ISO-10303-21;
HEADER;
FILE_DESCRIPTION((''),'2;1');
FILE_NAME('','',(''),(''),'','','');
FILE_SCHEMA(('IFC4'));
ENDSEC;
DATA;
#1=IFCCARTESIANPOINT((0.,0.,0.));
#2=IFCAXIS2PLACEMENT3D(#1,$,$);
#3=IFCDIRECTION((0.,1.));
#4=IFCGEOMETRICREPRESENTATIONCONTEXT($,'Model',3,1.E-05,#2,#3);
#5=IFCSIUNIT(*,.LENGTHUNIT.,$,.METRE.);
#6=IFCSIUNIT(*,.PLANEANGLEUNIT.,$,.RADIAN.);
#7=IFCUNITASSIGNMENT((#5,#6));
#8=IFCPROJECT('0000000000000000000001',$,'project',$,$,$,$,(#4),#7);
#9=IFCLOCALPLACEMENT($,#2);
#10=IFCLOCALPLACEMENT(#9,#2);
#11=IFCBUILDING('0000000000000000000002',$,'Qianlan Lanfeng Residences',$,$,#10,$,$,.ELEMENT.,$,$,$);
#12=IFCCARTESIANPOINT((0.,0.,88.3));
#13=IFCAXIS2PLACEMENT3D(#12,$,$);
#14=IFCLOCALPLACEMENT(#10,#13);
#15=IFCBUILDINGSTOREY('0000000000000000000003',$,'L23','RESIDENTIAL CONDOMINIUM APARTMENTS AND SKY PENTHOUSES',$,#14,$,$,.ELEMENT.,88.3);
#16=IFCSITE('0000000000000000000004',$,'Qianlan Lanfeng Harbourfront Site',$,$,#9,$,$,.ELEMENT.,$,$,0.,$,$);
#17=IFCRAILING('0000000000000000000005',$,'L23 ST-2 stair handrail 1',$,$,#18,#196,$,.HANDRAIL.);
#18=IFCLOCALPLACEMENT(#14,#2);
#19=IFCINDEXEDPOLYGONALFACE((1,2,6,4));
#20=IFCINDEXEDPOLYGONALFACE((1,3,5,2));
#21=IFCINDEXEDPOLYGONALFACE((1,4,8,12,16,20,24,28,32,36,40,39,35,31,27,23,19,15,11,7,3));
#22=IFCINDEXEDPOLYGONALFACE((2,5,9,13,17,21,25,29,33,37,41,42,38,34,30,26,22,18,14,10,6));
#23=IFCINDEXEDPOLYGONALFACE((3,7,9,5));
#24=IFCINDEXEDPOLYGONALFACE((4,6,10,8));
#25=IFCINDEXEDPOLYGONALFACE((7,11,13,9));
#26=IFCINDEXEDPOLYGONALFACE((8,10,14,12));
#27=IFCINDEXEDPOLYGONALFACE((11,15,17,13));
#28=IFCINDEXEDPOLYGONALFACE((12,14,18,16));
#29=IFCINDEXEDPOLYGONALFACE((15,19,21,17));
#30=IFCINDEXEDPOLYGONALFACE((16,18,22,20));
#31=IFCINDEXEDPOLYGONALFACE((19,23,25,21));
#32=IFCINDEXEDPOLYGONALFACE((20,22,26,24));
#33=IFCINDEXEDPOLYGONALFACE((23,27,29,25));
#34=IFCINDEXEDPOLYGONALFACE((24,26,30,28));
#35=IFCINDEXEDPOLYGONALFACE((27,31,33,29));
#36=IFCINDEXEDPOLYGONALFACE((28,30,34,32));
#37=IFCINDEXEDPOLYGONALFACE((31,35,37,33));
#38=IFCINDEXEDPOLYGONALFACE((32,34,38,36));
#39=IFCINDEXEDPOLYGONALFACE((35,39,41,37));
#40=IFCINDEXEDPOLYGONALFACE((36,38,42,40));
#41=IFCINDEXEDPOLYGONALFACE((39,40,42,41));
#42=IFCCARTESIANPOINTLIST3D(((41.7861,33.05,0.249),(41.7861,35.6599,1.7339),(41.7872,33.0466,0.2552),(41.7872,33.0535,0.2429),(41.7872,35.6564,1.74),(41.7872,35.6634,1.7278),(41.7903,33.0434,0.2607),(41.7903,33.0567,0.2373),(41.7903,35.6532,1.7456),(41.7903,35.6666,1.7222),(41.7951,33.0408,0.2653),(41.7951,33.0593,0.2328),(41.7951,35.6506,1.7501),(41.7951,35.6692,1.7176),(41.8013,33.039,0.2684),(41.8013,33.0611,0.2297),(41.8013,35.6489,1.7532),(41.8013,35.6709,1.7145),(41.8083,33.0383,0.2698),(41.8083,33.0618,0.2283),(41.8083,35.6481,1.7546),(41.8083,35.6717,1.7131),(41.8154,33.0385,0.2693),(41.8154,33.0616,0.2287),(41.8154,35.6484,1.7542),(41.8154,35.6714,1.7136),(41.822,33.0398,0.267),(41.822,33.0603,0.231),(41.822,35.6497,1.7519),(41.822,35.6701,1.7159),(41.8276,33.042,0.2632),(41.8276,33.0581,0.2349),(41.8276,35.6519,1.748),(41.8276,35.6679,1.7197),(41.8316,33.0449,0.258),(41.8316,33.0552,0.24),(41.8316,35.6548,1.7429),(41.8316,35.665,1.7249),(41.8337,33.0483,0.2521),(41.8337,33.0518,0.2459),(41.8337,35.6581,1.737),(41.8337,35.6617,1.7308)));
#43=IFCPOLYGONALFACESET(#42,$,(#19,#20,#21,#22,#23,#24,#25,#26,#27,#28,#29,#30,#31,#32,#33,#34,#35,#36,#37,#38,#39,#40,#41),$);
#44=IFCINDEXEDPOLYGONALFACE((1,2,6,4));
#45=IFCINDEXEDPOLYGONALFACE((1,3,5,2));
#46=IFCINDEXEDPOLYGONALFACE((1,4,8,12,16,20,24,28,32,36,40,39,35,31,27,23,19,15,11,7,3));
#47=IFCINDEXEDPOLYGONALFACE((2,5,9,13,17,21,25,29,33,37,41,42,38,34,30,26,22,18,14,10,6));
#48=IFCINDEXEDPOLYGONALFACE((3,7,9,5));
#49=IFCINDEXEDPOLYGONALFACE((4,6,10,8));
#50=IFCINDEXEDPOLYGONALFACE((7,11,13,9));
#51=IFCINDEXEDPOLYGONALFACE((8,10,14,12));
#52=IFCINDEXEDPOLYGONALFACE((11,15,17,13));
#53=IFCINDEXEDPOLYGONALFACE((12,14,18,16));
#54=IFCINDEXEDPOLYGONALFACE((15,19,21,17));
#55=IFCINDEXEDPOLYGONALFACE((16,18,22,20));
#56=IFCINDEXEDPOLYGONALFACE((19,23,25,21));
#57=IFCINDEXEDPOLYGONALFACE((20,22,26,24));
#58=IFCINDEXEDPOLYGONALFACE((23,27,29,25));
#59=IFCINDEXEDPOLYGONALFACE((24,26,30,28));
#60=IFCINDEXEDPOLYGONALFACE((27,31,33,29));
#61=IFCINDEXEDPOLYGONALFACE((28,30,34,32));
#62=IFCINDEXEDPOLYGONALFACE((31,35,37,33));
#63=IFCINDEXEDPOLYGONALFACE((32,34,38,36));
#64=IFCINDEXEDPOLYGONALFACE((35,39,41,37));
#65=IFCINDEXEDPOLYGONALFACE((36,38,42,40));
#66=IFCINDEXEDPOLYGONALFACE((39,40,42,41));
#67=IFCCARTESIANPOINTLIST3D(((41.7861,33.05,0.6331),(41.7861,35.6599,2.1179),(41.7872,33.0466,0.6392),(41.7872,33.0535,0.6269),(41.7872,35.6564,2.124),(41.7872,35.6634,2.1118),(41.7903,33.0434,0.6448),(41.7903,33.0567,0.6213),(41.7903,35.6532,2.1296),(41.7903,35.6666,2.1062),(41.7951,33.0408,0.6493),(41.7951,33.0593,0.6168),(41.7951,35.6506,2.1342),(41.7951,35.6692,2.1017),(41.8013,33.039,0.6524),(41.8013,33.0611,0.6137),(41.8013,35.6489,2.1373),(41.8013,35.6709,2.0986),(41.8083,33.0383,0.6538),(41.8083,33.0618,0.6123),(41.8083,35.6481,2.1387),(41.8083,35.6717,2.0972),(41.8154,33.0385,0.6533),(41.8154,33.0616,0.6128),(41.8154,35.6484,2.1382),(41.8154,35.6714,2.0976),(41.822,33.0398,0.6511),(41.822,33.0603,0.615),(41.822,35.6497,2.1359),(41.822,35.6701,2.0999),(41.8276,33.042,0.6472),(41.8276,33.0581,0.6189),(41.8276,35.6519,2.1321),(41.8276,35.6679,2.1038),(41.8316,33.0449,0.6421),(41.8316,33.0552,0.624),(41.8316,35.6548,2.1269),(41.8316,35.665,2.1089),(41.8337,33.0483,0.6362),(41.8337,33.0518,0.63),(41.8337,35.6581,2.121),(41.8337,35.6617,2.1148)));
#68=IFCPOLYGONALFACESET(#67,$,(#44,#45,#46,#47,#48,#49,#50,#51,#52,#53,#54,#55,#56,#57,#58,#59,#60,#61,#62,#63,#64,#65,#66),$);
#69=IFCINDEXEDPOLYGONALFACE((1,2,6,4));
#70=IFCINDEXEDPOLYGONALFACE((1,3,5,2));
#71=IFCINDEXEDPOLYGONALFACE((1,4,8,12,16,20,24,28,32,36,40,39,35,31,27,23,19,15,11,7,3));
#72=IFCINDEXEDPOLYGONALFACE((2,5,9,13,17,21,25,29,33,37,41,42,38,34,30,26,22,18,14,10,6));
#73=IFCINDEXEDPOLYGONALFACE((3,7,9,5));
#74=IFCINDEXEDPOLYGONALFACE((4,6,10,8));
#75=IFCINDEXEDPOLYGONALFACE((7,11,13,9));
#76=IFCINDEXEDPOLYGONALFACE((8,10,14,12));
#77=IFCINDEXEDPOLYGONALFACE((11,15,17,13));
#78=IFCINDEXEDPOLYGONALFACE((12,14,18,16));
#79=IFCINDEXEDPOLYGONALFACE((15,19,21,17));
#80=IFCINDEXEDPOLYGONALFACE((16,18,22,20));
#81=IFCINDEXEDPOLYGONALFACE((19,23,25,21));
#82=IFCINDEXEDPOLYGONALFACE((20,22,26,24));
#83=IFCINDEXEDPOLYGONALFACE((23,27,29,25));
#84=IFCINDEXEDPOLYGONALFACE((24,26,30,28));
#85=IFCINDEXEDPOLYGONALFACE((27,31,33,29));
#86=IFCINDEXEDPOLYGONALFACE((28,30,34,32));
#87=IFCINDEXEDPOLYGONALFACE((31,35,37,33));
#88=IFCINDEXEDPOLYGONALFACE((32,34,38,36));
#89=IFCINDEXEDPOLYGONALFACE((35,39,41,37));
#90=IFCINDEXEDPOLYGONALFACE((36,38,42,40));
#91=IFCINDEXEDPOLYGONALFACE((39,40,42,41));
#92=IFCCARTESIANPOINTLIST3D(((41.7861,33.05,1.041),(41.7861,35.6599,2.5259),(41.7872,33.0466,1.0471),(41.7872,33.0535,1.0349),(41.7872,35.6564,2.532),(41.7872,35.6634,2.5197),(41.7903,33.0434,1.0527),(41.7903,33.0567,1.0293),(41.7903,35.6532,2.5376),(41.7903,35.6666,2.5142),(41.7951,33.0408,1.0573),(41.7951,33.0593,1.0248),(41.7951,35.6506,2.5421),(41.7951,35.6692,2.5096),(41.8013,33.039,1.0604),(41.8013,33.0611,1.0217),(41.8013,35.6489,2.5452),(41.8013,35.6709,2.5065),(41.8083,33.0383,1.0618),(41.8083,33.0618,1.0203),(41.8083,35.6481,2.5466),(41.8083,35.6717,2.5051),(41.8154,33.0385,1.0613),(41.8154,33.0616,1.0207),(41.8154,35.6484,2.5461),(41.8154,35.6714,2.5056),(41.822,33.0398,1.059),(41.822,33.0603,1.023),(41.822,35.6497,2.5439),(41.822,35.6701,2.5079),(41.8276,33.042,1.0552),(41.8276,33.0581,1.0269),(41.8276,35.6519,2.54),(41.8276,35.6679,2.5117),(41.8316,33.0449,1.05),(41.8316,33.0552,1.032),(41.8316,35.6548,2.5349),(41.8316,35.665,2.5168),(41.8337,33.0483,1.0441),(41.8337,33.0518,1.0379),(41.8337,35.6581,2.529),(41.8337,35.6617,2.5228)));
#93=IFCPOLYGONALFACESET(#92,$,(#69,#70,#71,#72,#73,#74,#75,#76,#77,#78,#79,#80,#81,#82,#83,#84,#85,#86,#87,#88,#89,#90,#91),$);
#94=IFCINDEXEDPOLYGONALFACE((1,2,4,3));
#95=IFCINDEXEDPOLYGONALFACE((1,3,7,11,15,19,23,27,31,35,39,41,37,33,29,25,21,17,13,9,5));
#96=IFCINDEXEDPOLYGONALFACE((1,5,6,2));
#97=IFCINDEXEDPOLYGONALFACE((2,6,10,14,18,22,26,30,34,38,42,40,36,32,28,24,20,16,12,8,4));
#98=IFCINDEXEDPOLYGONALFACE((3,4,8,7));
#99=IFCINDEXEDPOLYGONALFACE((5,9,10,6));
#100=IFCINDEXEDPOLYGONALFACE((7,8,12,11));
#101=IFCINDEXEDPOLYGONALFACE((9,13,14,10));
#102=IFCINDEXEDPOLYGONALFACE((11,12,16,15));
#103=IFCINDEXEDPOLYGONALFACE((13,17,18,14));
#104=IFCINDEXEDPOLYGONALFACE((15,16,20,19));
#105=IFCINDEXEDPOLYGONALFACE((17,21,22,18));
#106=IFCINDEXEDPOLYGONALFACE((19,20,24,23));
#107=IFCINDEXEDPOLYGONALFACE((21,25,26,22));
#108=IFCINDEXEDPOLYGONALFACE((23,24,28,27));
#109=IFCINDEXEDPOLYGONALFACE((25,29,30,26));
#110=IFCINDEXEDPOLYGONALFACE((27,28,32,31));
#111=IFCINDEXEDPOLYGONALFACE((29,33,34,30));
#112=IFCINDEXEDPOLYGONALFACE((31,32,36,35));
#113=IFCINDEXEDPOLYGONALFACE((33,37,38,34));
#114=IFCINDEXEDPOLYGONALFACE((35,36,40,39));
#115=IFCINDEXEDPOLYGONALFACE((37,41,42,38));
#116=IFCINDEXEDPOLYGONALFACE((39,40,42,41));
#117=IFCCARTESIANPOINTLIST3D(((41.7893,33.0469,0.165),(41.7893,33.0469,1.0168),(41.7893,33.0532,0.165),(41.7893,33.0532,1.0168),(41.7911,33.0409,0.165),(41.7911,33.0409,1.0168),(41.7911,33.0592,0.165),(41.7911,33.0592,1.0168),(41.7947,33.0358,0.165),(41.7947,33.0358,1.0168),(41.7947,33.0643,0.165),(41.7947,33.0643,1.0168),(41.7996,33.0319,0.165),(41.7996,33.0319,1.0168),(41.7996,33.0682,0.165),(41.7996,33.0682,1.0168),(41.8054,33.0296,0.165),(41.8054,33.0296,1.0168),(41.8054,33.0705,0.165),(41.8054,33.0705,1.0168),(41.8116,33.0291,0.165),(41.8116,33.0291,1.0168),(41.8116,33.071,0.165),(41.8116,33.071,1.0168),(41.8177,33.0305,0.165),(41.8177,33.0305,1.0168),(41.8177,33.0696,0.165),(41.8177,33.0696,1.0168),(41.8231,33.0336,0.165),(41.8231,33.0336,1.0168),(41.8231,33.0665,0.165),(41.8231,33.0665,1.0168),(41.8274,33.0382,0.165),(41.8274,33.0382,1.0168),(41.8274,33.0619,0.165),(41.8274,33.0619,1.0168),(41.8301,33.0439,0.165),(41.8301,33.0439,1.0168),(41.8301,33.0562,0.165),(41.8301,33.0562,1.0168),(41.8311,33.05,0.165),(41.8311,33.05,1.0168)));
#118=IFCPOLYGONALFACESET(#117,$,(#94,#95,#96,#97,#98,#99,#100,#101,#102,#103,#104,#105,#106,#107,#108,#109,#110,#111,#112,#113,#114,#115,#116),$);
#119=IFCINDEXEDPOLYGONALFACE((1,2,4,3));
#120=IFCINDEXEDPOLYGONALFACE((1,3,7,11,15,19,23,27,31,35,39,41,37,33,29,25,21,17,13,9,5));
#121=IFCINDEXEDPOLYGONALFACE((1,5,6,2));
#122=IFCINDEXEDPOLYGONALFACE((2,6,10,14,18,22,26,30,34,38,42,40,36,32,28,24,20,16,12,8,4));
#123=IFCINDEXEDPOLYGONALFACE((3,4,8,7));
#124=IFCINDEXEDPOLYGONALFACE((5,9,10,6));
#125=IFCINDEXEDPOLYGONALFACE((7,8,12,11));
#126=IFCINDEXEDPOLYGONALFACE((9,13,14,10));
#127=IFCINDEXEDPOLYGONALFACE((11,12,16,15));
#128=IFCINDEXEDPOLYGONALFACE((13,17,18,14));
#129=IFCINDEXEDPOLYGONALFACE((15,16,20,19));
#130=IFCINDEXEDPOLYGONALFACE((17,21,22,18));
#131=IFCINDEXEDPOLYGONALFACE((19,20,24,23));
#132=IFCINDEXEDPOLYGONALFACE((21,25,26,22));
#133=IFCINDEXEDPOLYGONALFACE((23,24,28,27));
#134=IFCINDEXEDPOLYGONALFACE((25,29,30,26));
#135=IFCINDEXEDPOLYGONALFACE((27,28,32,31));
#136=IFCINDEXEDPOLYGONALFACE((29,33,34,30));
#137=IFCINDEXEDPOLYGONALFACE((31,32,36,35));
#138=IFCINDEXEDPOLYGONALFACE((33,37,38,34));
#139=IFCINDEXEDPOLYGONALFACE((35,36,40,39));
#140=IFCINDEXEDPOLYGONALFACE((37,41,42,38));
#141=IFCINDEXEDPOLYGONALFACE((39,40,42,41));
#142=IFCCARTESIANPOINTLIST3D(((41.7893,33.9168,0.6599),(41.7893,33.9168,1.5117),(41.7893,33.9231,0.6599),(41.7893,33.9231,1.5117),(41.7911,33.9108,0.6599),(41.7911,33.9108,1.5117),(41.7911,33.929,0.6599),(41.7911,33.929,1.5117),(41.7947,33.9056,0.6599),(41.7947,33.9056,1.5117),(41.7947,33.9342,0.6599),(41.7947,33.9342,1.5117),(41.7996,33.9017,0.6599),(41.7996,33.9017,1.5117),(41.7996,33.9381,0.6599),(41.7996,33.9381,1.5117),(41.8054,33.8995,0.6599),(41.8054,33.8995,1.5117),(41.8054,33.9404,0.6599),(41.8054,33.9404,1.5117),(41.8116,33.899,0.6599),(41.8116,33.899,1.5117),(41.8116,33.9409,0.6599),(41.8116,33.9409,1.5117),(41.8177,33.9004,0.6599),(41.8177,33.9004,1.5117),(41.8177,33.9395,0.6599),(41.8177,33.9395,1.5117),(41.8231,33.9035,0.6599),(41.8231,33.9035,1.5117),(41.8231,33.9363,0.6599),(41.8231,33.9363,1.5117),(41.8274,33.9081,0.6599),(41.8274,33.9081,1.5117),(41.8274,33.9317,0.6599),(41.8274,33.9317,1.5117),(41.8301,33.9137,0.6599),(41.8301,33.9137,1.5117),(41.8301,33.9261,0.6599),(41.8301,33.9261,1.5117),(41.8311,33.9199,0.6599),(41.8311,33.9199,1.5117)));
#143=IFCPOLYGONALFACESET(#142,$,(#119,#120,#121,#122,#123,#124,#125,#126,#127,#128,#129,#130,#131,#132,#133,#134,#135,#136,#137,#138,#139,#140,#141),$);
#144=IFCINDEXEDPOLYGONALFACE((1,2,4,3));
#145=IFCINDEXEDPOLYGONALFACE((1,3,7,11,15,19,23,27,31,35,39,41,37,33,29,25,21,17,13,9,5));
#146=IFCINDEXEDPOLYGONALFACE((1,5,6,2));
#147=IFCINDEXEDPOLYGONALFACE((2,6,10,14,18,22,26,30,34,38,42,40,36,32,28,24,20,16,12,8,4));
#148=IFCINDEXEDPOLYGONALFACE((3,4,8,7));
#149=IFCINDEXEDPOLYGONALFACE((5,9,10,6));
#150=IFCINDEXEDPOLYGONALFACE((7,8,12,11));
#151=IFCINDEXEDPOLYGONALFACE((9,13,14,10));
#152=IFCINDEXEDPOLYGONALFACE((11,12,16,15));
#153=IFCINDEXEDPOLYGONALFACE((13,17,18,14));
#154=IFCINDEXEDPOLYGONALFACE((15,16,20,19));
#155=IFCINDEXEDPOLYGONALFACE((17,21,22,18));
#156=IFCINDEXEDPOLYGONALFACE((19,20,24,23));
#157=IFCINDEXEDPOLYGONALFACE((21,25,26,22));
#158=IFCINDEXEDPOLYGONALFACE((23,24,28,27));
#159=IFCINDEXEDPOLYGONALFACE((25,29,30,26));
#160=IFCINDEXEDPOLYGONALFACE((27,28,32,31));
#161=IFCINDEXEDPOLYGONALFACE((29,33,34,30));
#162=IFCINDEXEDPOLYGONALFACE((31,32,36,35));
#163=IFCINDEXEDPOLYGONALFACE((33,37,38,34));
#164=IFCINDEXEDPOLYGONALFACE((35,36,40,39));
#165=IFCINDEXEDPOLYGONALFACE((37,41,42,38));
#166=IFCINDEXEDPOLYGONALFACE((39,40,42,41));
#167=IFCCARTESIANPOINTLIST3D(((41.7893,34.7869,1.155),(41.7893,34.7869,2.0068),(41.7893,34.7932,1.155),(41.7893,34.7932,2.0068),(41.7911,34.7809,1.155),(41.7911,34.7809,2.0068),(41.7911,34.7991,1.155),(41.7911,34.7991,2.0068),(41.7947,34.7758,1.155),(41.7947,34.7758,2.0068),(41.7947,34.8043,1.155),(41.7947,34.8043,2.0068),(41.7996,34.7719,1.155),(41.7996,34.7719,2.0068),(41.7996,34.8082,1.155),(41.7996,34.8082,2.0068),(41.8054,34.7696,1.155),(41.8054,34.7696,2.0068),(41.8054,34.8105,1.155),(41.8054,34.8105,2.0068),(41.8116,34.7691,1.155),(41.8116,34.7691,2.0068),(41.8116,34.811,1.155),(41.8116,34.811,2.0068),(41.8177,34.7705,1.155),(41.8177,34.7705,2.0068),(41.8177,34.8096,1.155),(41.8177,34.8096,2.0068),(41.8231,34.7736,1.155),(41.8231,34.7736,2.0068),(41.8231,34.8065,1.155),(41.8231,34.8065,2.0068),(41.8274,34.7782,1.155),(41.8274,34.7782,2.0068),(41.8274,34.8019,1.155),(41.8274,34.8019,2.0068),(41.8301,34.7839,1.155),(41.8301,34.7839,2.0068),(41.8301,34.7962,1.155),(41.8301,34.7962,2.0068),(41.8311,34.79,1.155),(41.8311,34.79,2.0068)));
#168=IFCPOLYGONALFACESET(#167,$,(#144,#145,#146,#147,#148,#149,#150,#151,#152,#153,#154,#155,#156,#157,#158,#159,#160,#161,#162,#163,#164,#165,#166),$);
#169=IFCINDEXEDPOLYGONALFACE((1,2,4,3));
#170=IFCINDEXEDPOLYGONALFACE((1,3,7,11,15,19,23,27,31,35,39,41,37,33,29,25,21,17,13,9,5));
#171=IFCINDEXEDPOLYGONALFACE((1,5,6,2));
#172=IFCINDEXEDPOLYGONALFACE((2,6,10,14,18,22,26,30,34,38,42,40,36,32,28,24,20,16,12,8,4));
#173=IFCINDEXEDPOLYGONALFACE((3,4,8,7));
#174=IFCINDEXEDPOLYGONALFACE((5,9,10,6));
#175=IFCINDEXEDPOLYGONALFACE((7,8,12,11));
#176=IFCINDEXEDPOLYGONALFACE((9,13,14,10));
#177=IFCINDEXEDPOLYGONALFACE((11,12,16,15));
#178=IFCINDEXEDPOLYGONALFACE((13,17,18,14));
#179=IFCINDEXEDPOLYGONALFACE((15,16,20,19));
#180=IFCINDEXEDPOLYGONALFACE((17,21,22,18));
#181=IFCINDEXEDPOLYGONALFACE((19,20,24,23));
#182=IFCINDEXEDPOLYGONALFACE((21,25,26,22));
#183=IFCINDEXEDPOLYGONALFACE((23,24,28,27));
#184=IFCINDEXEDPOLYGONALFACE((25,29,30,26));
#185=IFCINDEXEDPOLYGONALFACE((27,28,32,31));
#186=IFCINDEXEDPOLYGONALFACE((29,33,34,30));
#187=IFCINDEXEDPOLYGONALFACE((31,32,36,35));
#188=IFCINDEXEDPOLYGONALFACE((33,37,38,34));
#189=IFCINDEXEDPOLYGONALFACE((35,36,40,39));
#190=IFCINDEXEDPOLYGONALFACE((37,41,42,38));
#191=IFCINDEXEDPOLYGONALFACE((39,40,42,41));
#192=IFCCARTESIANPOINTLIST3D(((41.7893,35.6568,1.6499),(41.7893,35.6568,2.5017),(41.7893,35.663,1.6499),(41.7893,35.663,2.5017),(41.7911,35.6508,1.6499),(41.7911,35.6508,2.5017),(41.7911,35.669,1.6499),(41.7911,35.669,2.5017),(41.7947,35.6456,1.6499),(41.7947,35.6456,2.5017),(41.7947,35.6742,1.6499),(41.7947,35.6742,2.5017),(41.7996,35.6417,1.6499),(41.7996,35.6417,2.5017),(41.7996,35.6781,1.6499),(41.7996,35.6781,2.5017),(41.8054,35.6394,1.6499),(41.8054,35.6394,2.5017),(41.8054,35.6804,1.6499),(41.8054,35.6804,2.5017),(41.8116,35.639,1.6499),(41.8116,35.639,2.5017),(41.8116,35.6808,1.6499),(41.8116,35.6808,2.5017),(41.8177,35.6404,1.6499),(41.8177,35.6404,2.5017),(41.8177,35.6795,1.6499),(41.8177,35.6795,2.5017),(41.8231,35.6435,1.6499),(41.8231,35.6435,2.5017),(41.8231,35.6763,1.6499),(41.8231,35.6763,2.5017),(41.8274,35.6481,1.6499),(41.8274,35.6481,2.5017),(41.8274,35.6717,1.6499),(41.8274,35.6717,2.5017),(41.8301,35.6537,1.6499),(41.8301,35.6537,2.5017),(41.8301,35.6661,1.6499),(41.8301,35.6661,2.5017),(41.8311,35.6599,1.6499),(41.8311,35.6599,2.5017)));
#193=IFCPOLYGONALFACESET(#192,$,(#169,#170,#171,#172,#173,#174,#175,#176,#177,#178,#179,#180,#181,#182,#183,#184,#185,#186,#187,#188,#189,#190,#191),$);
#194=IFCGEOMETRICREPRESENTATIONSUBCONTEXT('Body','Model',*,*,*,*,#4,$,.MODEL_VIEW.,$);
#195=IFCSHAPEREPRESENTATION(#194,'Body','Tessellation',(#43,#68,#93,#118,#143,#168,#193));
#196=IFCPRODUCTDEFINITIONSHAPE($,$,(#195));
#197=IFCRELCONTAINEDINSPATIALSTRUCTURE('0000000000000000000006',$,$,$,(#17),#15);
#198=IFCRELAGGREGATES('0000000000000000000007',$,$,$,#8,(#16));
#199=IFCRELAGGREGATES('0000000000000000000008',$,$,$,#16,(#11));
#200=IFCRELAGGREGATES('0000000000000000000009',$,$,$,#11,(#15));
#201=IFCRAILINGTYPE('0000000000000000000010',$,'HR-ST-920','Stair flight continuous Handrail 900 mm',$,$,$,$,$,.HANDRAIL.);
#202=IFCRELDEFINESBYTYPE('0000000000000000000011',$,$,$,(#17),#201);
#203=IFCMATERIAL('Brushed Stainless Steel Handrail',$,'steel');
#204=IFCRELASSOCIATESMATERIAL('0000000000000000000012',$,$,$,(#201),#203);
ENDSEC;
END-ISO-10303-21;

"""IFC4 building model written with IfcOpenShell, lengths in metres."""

from ifc_helpers import new_model, si_unit, direction, frame, origin, origin_2d, place, context, subcontext, project, spatial, circle, extrude, material, type_object, element, save


model = new_model("IFC4")

# Units and contexts
model_context = context("Model", 3, precision=1e-05, world=origin(), true_north=direction((0.0, 1.0)))
body_context = subcontext(model_context, "Body", "Model", "MODEL_VIEW")
ifc_project = project(units=[si_unit("LENGTHUNIT", "METRE"), si_unit("PLANEANGLEUNIT", "RADIAN")], contexts=[model_context])

# Site, building, storey
site_placement = place(None, origin())
site = spatial("IfcSite", under=ifc_project, at=site_placement, Name="Qianlan Lanfeng Harbourfront Site", CompositionType="ELEMENT", RefElevation=0.0)
building_placement = place(site_placement, origin())
building = spatial("IfcBuilding", under=site, at=building_placement, Name="Qianlan Lanfeng Residences", CompositionType="ELEMENT")
storey_placement = place(building_placement, frame((0.0, 0.0, 88.3)))
storey = spatial("IfcBuildingStorey", under=building, at=storey_placement, Name="L23", Description="RESIDENTIAL CONDOMINIUM APARTMENTS AND SKY PENTHOUSES", CompositionType="ELEMENT", Elevation=88.3)

# Railing
ifc_material_1 = material(Name="Brushed Stainless Steel Handrail", Category="steel")
railing_type_1 = type_object("IfcRailingType", Name="HR-ST-920", Description="Stair flight continuous Handrail 900 mm", PredefinedType="HANDRAIL", material=ifc_material_1)
railing_1_placement = place(storey_placement, frame((41.8101, 33.05, 0.165)))
element("IfcRailing", 1, at=railing_1_placement, inside=storey, type_object=railing_type_1, Name="L23 ST-2 stair handrail 1", PredefinedType="HANDRAIL", context=body_context, shape_type="SweptSolid", body=[
    extrude(circle(Radius=0.0239, at=origin_2d()), frame((0.0, 0.0, 0.084), z_axis=(0.0, 0.869172, 0.494509), x_axis=(-1.0, 0.0, 0.0)), (0.0, 0.0, 1.0), 3.0027),
    extrude(circle(Radius=0.0239, at=origin_2d()), frame((0.0, 0.0, 0.468), z_axis=(0.0, 0.869172, 0.494509), x_axis=(-1.0, 0.0, 0.0)), (0.0, 0.0, 1.0), 3.0027),
    extrude(circle(Radius=0.0239, at=origin_2d()), frame((0.0, 0.0, 0.876), z_axis=(0.0, 0.869172, 0.494509), x_axis=(-1.0, 0.0, 0.0)), (0.0, 0.0, 1.0), 3.0027),
    extrude(circle(Radius=0.021, at=origin_2d()), origin(), (0.0, 0.0, 1.0), 0.8518),
    extrude(circle(Radius=0.021, at=origin_2d()), frame((0.0, 0.8699, 0.4949)), (0.0, 0.0, 1.0), 0.8518),
    extrude(circle(Radius=0.021, at=origin_2d()), frame((0.0, 1.74, 0.99)), (0.0, 0.0, 1.0), 0.8518),
    extrude(circle(Radius=0.021, at=origin_2d()), frame((0.0, 2.6099, 1.4849)), (0.0, 0.0, 1.0), 0.8518),
])

save(model, "model.ifc")
